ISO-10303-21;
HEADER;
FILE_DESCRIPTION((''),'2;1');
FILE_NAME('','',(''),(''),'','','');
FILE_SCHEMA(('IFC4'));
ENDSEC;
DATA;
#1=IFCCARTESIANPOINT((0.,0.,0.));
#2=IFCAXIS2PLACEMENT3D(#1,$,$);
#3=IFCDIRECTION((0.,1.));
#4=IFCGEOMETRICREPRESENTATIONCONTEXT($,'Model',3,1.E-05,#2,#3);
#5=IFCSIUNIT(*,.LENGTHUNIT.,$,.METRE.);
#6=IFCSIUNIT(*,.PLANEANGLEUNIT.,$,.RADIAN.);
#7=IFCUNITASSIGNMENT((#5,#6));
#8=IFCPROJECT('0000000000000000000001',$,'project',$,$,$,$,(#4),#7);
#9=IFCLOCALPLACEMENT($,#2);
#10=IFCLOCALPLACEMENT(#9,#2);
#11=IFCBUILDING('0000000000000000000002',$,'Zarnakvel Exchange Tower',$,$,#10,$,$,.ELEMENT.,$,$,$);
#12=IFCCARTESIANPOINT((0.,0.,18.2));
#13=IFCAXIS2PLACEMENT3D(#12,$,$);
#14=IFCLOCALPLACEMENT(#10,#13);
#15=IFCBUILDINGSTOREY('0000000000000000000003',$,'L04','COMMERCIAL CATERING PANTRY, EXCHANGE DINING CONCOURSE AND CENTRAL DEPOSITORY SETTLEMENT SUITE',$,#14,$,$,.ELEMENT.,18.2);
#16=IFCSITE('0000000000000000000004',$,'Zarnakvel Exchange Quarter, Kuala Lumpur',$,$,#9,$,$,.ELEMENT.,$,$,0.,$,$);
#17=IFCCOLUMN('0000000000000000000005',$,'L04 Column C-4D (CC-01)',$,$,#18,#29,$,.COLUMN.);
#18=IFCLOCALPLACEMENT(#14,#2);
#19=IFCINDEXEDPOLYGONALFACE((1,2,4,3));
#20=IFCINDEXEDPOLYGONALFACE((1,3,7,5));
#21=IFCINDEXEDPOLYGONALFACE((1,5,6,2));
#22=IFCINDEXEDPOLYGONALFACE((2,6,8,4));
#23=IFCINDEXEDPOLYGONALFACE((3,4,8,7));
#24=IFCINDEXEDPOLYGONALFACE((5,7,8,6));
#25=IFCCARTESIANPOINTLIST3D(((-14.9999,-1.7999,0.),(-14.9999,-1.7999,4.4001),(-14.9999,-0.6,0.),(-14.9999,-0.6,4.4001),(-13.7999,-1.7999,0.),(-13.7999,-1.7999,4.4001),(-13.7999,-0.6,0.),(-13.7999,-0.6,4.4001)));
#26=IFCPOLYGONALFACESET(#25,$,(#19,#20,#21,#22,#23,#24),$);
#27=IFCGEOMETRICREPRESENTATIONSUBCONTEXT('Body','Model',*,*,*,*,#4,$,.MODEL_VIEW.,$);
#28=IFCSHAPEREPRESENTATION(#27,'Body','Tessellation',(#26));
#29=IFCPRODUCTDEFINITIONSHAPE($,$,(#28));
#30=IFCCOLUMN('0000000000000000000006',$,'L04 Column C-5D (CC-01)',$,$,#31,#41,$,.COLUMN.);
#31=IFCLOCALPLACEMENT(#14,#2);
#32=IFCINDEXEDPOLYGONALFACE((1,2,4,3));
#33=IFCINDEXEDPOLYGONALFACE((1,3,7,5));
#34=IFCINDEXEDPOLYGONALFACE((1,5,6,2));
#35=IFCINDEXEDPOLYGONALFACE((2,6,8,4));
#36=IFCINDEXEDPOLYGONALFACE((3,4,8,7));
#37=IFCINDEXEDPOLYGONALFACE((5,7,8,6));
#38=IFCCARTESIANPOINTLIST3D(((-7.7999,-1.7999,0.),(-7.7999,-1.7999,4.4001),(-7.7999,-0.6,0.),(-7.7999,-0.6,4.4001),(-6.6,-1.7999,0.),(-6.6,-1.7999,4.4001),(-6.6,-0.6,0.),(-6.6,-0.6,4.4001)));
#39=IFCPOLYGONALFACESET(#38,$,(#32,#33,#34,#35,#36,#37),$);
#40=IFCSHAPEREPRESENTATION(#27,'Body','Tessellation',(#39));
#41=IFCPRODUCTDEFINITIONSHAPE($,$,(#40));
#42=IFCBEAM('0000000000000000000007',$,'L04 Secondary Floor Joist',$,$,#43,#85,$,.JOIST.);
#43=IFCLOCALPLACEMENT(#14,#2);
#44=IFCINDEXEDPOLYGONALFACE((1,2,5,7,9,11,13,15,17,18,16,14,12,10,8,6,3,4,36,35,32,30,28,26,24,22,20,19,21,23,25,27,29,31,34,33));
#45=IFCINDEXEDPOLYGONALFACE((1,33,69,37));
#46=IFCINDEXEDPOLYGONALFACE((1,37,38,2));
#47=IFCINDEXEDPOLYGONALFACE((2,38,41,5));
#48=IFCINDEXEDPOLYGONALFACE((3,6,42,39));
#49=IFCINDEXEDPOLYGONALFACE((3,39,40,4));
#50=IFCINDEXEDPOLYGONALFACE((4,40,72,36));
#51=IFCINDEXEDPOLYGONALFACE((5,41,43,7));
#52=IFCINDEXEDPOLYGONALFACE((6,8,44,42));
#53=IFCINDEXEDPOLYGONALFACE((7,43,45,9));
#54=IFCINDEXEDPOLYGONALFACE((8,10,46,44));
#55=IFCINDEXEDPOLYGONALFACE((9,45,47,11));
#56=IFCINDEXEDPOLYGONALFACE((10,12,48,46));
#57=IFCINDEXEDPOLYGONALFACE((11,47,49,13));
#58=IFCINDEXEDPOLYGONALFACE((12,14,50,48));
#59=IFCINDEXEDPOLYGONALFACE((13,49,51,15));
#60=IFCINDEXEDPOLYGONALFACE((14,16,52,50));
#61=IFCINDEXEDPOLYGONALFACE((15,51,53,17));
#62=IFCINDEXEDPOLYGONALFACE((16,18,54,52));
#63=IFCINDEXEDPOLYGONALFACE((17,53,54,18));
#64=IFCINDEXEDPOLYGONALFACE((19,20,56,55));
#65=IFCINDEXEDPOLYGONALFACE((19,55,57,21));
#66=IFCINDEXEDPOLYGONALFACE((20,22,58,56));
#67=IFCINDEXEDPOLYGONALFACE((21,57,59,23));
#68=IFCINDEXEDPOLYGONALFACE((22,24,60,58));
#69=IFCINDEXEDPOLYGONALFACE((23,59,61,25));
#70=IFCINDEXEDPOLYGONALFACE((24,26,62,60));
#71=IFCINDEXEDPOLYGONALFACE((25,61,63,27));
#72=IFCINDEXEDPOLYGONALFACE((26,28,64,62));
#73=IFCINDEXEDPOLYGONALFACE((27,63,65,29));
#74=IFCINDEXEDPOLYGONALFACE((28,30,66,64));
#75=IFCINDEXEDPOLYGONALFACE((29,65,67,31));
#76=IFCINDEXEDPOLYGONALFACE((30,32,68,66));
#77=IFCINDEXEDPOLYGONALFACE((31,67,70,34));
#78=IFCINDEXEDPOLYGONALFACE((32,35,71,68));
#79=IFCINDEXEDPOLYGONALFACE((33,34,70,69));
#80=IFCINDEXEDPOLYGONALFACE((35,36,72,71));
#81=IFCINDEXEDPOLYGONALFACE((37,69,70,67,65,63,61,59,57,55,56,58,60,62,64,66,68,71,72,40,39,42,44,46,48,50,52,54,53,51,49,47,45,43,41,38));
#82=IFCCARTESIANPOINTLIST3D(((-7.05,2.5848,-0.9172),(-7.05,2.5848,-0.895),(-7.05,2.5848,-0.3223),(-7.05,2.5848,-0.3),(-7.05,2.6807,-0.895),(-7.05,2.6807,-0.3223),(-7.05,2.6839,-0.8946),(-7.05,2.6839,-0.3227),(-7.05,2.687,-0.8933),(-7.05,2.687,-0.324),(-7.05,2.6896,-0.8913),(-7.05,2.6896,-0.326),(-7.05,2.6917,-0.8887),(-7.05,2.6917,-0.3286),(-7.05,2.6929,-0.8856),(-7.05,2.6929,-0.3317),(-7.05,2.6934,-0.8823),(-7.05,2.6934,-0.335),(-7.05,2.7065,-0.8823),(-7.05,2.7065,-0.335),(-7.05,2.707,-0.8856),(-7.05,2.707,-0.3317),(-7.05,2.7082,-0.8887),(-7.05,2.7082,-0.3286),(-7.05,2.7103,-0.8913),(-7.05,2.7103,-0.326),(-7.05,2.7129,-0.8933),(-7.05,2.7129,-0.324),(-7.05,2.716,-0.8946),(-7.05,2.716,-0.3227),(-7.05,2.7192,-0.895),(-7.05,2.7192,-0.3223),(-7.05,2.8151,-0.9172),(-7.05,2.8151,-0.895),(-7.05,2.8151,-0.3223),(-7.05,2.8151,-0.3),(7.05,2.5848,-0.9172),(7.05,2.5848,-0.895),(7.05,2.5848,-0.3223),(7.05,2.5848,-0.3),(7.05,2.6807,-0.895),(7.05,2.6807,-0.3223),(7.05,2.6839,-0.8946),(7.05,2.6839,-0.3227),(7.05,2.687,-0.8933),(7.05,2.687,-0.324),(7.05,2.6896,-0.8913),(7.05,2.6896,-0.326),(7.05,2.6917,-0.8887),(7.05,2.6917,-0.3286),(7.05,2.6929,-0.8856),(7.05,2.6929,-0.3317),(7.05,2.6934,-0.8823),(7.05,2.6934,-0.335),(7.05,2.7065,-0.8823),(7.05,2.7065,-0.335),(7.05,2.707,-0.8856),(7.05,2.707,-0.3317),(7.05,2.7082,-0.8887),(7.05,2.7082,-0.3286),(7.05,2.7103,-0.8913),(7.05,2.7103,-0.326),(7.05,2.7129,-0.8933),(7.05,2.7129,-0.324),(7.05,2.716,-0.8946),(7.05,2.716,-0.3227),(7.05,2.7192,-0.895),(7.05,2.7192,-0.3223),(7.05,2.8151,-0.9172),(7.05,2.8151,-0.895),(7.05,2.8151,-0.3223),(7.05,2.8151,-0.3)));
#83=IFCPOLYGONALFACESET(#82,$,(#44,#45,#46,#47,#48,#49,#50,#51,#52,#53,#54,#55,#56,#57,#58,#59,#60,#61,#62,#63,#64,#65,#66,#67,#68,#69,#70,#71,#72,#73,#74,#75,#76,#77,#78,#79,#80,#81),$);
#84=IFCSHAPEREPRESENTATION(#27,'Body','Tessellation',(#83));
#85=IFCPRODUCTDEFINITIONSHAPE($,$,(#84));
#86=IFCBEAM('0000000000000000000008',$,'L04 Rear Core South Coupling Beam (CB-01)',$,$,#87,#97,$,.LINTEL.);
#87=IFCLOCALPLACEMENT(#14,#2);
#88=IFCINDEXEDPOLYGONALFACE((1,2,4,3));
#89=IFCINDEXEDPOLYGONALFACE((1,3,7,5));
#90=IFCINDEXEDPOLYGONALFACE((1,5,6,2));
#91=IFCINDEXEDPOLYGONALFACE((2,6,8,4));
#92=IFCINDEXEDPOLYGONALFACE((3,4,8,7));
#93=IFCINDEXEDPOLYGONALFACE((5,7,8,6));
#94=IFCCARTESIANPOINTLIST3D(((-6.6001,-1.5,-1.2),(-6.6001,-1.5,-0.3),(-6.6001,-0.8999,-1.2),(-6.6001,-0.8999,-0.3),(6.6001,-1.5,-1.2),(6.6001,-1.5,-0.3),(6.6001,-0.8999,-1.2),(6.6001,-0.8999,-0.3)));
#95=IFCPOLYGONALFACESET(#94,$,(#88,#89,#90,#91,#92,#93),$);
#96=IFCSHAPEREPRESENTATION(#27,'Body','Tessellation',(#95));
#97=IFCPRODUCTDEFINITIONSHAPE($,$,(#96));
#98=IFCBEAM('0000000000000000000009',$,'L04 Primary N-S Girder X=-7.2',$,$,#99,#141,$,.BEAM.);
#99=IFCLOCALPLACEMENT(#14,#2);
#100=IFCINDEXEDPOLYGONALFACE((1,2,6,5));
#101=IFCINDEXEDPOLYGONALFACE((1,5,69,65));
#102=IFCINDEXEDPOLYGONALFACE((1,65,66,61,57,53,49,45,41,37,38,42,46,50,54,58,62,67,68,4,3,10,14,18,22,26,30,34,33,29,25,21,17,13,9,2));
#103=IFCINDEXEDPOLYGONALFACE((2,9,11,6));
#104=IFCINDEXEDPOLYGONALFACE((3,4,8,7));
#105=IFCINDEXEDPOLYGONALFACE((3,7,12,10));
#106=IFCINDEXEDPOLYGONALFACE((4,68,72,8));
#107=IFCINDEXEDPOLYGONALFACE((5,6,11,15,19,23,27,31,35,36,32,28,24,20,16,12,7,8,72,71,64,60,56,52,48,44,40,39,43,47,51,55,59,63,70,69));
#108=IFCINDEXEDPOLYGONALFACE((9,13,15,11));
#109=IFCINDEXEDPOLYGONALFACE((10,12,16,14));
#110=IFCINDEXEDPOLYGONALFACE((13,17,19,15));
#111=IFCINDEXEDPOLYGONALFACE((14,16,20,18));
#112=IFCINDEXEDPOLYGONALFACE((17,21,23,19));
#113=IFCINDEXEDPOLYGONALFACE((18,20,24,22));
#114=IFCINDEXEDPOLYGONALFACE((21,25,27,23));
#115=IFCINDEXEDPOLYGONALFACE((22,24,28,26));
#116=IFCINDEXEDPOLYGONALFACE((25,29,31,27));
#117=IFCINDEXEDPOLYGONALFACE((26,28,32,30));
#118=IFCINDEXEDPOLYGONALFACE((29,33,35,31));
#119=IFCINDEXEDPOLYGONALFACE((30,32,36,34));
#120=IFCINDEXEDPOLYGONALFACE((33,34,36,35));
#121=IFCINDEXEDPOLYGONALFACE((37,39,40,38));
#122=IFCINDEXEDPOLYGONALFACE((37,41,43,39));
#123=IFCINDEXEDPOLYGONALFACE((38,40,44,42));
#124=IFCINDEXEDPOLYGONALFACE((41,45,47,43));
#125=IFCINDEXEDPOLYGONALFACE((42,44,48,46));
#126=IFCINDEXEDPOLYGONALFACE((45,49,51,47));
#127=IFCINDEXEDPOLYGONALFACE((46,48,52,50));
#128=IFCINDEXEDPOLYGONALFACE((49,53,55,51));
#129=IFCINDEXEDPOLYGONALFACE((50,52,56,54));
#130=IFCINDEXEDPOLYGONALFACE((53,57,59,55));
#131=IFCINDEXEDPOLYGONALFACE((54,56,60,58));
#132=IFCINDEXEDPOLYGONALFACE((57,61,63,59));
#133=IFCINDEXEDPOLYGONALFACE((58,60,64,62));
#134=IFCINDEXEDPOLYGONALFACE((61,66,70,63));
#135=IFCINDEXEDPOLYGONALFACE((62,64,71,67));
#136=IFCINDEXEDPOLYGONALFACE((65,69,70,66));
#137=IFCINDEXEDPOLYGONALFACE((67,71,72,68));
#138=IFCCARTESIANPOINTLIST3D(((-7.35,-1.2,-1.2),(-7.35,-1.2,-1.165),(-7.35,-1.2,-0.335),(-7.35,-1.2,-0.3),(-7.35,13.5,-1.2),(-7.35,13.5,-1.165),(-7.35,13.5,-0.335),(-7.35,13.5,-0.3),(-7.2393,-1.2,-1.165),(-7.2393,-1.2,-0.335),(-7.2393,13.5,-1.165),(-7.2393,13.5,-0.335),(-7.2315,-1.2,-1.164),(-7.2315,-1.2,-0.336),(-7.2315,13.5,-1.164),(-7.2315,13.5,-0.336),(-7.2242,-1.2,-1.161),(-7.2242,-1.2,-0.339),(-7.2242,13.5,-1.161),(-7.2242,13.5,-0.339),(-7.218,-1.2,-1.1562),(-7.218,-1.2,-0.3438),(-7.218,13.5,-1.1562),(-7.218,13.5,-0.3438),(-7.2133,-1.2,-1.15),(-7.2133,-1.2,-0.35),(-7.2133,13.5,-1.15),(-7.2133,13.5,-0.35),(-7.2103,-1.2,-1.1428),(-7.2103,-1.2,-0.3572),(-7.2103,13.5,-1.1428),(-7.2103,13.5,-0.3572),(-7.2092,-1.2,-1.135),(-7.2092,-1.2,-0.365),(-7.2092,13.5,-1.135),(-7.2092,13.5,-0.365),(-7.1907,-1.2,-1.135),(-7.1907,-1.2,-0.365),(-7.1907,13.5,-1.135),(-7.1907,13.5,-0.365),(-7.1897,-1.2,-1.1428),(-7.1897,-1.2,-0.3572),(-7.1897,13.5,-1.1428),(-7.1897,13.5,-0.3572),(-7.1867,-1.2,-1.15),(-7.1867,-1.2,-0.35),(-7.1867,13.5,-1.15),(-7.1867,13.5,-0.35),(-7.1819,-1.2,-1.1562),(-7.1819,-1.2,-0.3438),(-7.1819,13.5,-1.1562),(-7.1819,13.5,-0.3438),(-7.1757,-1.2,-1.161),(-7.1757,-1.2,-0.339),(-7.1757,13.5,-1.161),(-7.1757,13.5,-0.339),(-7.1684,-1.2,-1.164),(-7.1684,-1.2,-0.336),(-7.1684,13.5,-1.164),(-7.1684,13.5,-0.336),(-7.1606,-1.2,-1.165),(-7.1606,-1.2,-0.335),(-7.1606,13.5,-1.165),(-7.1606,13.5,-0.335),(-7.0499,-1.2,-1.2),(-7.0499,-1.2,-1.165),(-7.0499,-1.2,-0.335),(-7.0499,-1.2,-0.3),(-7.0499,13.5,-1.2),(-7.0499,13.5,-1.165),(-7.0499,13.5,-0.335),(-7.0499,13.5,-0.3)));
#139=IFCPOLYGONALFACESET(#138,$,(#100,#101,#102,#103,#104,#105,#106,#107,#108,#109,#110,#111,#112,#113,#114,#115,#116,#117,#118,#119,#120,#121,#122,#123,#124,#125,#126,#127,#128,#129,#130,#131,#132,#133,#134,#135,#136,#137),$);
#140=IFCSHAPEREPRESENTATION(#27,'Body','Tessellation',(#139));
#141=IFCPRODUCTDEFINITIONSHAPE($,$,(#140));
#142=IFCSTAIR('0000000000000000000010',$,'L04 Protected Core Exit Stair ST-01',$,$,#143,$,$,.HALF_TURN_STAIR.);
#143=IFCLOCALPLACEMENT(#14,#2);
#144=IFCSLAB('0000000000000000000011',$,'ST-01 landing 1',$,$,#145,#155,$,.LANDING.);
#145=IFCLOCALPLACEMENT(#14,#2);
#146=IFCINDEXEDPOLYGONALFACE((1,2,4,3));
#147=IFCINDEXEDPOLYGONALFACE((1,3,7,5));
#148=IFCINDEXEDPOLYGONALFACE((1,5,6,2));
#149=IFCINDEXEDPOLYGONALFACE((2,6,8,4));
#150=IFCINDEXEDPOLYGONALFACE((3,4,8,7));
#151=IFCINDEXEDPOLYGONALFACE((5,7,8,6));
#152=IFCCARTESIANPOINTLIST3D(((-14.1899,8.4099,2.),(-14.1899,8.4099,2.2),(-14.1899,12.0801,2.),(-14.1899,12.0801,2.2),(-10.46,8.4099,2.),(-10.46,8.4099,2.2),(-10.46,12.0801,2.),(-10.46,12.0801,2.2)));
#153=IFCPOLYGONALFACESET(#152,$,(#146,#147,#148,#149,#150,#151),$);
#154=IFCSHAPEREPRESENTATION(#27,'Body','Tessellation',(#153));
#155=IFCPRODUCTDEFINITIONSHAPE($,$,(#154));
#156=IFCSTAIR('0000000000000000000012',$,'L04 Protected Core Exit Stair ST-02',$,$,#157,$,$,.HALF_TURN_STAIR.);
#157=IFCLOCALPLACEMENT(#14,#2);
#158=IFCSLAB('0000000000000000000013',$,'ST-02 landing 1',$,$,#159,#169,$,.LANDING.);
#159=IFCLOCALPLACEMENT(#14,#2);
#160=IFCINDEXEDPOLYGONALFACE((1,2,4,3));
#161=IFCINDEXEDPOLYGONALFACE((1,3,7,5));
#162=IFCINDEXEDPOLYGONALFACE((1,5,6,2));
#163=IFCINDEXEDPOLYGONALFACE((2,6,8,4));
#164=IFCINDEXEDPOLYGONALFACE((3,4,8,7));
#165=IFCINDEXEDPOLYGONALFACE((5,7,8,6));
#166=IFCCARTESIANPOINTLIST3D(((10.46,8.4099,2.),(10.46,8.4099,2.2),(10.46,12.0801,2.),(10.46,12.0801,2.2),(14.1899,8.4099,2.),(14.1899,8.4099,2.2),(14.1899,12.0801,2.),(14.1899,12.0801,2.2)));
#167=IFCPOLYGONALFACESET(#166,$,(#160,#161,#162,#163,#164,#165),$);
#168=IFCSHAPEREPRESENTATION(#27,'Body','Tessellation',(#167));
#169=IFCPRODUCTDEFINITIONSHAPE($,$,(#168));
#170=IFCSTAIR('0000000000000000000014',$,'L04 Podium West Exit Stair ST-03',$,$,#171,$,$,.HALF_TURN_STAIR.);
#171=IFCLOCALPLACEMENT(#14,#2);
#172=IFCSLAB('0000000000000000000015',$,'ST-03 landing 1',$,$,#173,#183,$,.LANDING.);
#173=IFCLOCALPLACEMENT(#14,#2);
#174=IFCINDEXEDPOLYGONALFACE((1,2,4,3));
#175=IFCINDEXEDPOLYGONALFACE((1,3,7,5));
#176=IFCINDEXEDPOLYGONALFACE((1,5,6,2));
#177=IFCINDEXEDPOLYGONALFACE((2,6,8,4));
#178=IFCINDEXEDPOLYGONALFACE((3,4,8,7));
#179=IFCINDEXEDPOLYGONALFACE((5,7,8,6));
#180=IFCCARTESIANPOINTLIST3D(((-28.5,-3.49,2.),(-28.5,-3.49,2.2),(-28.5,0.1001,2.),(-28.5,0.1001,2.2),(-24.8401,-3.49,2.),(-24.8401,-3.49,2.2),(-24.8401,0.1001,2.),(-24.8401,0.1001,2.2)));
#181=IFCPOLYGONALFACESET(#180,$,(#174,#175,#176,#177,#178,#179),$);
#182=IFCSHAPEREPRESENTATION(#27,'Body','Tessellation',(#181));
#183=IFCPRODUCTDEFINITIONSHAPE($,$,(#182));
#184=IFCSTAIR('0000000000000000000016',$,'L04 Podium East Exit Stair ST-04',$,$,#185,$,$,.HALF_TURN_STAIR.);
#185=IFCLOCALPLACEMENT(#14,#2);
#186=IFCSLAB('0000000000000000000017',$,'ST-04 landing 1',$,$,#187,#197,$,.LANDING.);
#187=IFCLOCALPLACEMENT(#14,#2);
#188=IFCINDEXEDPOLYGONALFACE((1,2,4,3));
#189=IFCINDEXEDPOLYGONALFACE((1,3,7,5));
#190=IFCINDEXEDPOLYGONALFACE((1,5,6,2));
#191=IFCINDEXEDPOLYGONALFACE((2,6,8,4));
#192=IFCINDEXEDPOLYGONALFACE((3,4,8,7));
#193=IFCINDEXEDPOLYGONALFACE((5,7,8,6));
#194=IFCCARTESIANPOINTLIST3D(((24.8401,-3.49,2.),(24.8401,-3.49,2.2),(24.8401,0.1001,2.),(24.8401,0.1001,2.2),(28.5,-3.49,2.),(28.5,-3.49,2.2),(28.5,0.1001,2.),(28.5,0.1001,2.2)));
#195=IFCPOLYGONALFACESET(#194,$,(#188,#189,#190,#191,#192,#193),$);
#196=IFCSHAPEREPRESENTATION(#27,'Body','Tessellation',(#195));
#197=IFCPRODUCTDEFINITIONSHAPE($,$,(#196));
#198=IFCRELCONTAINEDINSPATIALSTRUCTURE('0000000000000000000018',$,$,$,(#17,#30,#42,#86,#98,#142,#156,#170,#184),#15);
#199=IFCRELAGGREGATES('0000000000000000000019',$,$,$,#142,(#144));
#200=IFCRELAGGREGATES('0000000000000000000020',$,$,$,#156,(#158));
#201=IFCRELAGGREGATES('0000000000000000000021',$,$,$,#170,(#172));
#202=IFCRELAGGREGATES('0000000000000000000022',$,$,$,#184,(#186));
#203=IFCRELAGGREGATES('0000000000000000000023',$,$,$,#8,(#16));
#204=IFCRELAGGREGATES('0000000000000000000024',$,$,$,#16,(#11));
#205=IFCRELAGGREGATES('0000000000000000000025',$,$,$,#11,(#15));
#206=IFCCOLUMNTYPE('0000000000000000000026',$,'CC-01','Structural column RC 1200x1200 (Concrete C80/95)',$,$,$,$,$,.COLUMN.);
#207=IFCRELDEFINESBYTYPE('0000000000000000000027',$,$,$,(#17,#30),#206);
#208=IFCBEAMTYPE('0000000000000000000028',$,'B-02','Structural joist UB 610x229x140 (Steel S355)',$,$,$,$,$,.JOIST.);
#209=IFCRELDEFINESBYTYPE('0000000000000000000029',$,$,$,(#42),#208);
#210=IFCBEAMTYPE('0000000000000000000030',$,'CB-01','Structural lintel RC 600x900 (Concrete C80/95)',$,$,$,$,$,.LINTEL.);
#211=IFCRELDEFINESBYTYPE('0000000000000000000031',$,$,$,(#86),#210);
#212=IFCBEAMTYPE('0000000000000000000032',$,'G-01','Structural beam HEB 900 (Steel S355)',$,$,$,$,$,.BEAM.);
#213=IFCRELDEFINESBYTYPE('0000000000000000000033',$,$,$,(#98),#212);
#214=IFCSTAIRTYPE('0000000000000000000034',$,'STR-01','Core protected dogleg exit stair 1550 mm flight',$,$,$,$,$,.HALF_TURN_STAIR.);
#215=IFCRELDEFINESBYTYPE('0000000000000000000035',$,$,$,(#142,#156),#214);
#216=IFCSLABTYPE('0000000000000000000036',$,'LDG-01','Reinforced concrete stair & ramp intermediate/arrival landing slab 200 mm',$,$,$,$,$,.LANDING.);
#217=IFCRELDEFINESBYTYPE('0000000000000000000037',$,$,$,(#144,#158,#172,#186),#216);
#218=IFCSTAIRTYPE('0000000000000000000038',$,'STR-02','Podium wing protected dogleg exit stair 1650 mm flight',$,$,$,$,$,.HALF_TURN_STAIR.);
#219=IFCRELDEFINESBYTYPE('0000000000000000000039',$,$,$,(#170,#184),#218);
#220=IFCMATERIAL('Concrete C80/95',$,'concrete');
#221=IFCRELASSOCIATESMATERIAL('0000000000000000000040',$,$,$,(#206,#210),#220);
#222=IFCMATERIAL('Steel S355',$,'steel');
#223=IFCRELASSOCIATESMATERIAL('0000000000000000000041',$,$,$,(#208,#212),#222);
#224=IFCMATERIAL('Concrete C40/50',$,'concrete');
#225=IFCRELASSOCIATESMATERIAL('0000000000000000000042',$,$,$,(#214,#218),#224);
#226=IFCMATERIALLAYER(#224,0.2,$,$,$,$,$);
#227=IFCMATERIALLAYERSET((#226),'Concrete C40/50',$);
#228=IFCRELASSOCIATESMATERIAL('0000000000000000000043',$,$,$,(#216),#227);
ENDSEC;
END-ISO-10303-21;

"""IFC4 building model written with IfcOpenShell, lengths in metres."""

from ifc_helpers import new_model, si_unit, direction, frame, origin, origin_2d, place, context, subcontext, project, spatial, polyline, rectangle, i_section, outline, extrude, material, layer, layer_set, material_profile, profile_set, type_object, element, aggregate, save


model = new_model("IFC4")

# Units and contexts
model_context = context("Model", 3, precision=1e-05, world=origin(), true_north=direction((0.0, 1.0)))
body_context = subcontext(model_context, "Body", "Model", "MODEL_VIEW")
ifc_project = project(units=[si_unit("LENGTHUNIT", "METRE"), si_unit("PLANEANGLEUNIT", "RADIAN")], contexts=[model_context])

# Site, building, storey
site_placement = place(None, origin())
site = spatial("IfcSite", under=ifc_project, at=site_placement, Name="Zarnakvel Exchange Quarter, Kuala Lumpur", CompositionType="ELEMENT", RefElevation=0.0)
building_placement = place(site_placement, origin())
building = spatial("IfcBuilding", under=site, at=building_placement, Name="Zarnakvel Exchange Tower", CompositionType="ELEMENT")
storey_placement = place(building_placement, frame((0.0, 0.0, 18.2)))
storey = spatial("IfcBuildingStorey", under=building, at=storey_placement, Name="L04", Description="COMMERCIAL CATERING PANTRY, EXCHANGE DINING CONCOURSE AND CENTRAL DEPOSITORY SETTLEMENT SUITE", CompositionType="ELEMENT", Elevation=18.2)

# Columns
ifc_material_1 = material(Name="Concrete C80/95", Category="concrete")
ifc_material_profile_1 = material_profile(ifc_material_1, rectangle(XDim=1.2, YDim=1.2, at=origin_2d()))
ifc_profile_set_1 = profile_set([ifc_material_profile_1], Name="Concrete C80/95")
column_type = type_object("IfcColumnType", Name="CC-01", Description="Structural column RC 1200x1200 (Concrete C80/95)", PredefinedType="COLUMN", material=ifc_profile_set_1)
for number, where, z_axis, x_axis, name in (
    (1, (-14.3999, -1.2, 0.0), (0.0, 0.0, 1.0), (1.0, 0.0, 0.0), "L04 Column C-4D (CC-01)"),
    (2, (-7.2, -1.2, 0.0), (0.0, 0.0, 1.0), (1.0, 0.0, 0.0), "L04 Column C-5D (CC-01)"),
):
    element("IfcColumn", number, at=place(storey_placement, frame(where, z_axis=z_axis, x_axis=x_axis)), inside=storey, type_object=column_type, Name=name, PredefinedType="COLUMN", context=body_context, shape_type="SweptSolid", body=[
        extrude(rectangle(XDim=1.2, YDim=1.2, at=origin_2d()), origin(), (0.0, 0.0, 1.0), 4.4001),
    ])

# Beams
ifc_material_2 = material(Name="Steel S355", Category="steel")
ifc_material_profile_2 = material_profile(ifc_material_2, i_section(OverallWidth=0.2302, OverallDepth=0.6172, WebThickness=0.0132, FlangeThickness=0.0222, FilletRadius=0.0127, at=origin_2d()))
ifc_profile_set_2 = profile_set([ifc_material_profile_2], Name="Steel S355")
beam_type_1 = type_object("IfcBeamType", Name="B-02", Description="Structural joist UB 610x229x140 (Steel S355)", PredefinedType="JOIST", material=ifc_profile_set_2)
beam_1_placement = place(storey_placement, frame((-7.05, 2.7, -0.6086), z_axis=(1.0, 0.0, 0.0), x_axis=(0.0, 1.0, 0.0)))
element("IfcBeam", 3, at=beam_1_placement, inside=storey, type_object=beam_type_1, Name="L04 Secondary Floor Joist", PredefinedType="JOIST", context=body_context, shape_type="SweptSolid", body=[
    extrude(i_section(OverallWidth=0.2302, OverallDepth=0.6172, WebThickness=0.0132, FlangeThickness=0.0222, FilletRadius=0.0127, at=origin_2d()), origin(), (0.0, 0.0, 1.0), 14.1001),
])
ifc_material_profile_3 = material_profile(ifc_material_1, rectangle(XDim=0.6001, YDim=0.8999, at=origin_2d()))
ifc_profile_set_3 = profile_set([ifc_material_profile_3], Name="Concrete C80/95")
beam_type_2 = type_object("IfcBeamType", Name="CB-01", Description="Structural lintel RC 600x900 (Concrete C80/95)", PredefinedType="LINTEL", material=ifc_profile_set_3)
beam_2_placement = place(storey_placement, frame((-6.6001, -1.2, -0.75), z_axis=(1.0, 0.0, 0.0), x_axis=(0.0, 1.0, 0.0)))
element("IfcBeam", 4, at=beam_2_placement, inside=storey, type_object=beam_type_2, Name="L04 Rear Core South Coupling Beam (CB-01)", PredefinedType="LINTEL", context=body_context, shape_type="SweptSolid", body=[
    extrude(rectangle(XDim=0.6001, YDim=0.8999, at=origin_2d()), origin(), (0.0, 0.0, 1.0), 13.2002),
])
ifc_material_profile_4 = material_profile(ifc_material_2, i_section(OverallWidth=0.3, OverallDepth=0.8999, WebThickness=0.0186, FlangeThickness=0.0349, FilletRadius=0.03, at=origin_2d()))
ifc_profile_set_4 = profile_set([ifc_material_profile_4], Name="Steel S355")
beam_type_3 = type_object("IfcBeamType", Name="G-01", Description="Structural beam HEB 900 (Steel S355)", PredefinedType="BEAM", material=ifc_profile_set_4)
beam_3_placement = place(storey_placement, frame((-7.2, -1.2, -0.75), z_axis=(0.0, 1.0, 0.0), x_axis=(-1.0, 0.0, 0.0)))
element("IfcBeam", 5, at=beam_3_placement, inside=storey, type_object=beam_type_3, Name="L04 Primary N-S Girder X=-7.2", PredefinedType="BEAM", context=body_context, shape_type="SweptSolid", body=[
    extrude(i_section(OverallWidth=0.3, OverallDepth=0.8999, WebThickness=0.0186, FlangeThickness=0.0349, FilletRadius=0.03, at=origin_2d()), origin(), (0.0, 0.0, 1.0), 14.7),
])

# Stairs, slabs
ifc_material_3 = material(Name="Concrete C40/50", Category="concrete")
stair_type_1 = type_object("IfcStairType", Name="STR-01", Description="Core protected dogleg exit stair 1550 mm flight", PredefinedType="HALF_TURN_STAIR", material=ifc_material_3)
stair_1_placement = place(storey_placement, origin())
stair_1 = element("IfcStair", 6, at=stair_1_placement, inside=storey, type_object=stair_type_1, Name="L04 Protected Core Exit Stair ST-01", PredefinedType="HALF_TURN_STAIR")
ifc_layer_1 = layer(ifc_material_3, 0.2)
ifc_layer_set_1 = layer_set([ifc_layer_1], Name="Concrete C40/50")
slab_type_1 = type_object("IfcSlabType", Name="LDG-01", Description="Reinforced concrete stair & ramp intermediate/arrival landing slab 200 mm", PredefinedType="LANDING", material=ifc_layer_set_1)
slab_1_placement = place(storey_placement, frame((0.0, 0.0, 2.0)))
slab_1 = element("IfcSlab", 7, at=slab_1_placement, type_object=slab_type_1, Name="ST-01 landing 1", PredefinedType="LANDING", context=body_context, shape_type="SweptSolid", body=[
    extrude(outline(polyline([(-14.1899, 8.4099), (-10.46, 8.4099), (-10.46, 12.0801), (-14.1899, 12.0801), (-14.1899, 8.4099)])), origin(), (0.0, 0.0, 1.0), 0.2),
])
aggregate(stair_1, [slab_1])
stair_2_placement = place(storey_placement, origin())
stair_2 = element("IfcStair", 8, at=stair_2_placement, inside=storey, type_object=stair_type_1, Name="L04 Protected Core Exit Stair ST-02", PredefinedType="HALF_TURN_STAIR")
slab_2_placement = place(storey_placement, frame((0.0, 0.0, 2.0)))
slab_2 = element("IfcSlab", 9, at=slab_2_placement, type_object=slab_type_1, Name="ST-02 landing 1", PredefinedType="LANDING", context=body_context, shape_type="SweptSolid", body=[
    extrude(outline(polyline([(10.46, 8.4099), (14.1899, 8.4099), (14.1899, 12.0801), (10.46, 12.0801), (10.46, 8.4099)])), origin(), (0.0, 0.0, 1.0), 0.2),
])
aggregate(stair_2, [slab_2])
stair_type_2 = type_object("IfcStairType", Name="STR-02", Description="Podium wing protected dogleg exit stair 1650 mm flight", PredefinedType="HALF_TURN_STAIR", material=ifc_material_3)
stair_3_placement = place(storey_placement, origin())
stair_3 = element("IfcStair", 10, at=stair_3_placement, inside=storey, type_object=stair_type_2, Name="L04 Podium West Exit Stair ST-03", PredefinedType="HALF_TURN_STAIR")
slab_3_placement = place(storey_placement, frame((0.0, 0.0, 2.0)))
slab_3 = element("IfcSlab", 11, at=slab_3_placement, type_object=slab_type_1, Name="ST-03 landing 1", PredefinedType="LANDING", context=body_context, shape_type="SweptSolid", body=[
    extrude(outline(polyline([(-28.5, -3.49), (-24.8401, -3.49), (-24.8401, 0.1001), (-28.5, 0.1001), (-28.5, -3.49)])), origin(), (0.0, 0.0, 1.0), 0.2),
])
aggregate(stair_3, [slab_3])
stair_4_placement = place(storey_placement, origin())
stair_4 = element("IfcStair", 12, at=stair_4_placement, inside=storey, type_object=stair_type_2, Name="L04 Podium East Exit Stair ST-04", PredefinedType="HALF_TURN_STAIR")
slab_4_placement = place(storey_placement, frame((0.0, 0.0, 2.0)))
slab_4 = element("IfcSlab", 13, at=slab_4_placement, type_object=slab_type_1, Name="ST-04 landing 1", PredefinedType="LANDING", context=body_context, shape_type="SweptSolid", body=[
    extrude(outline(polyline([(24.8401, -3.49), (28.5, -3.49), (28.5, 0.1001), (24.8401, 0.1001), (24.8401, -3.49)])), origin(), (0.0, 0.0, 1.0), 0.2),
])
aggregate(stair_4, [slab_4])

save(model, "model.ifc")
